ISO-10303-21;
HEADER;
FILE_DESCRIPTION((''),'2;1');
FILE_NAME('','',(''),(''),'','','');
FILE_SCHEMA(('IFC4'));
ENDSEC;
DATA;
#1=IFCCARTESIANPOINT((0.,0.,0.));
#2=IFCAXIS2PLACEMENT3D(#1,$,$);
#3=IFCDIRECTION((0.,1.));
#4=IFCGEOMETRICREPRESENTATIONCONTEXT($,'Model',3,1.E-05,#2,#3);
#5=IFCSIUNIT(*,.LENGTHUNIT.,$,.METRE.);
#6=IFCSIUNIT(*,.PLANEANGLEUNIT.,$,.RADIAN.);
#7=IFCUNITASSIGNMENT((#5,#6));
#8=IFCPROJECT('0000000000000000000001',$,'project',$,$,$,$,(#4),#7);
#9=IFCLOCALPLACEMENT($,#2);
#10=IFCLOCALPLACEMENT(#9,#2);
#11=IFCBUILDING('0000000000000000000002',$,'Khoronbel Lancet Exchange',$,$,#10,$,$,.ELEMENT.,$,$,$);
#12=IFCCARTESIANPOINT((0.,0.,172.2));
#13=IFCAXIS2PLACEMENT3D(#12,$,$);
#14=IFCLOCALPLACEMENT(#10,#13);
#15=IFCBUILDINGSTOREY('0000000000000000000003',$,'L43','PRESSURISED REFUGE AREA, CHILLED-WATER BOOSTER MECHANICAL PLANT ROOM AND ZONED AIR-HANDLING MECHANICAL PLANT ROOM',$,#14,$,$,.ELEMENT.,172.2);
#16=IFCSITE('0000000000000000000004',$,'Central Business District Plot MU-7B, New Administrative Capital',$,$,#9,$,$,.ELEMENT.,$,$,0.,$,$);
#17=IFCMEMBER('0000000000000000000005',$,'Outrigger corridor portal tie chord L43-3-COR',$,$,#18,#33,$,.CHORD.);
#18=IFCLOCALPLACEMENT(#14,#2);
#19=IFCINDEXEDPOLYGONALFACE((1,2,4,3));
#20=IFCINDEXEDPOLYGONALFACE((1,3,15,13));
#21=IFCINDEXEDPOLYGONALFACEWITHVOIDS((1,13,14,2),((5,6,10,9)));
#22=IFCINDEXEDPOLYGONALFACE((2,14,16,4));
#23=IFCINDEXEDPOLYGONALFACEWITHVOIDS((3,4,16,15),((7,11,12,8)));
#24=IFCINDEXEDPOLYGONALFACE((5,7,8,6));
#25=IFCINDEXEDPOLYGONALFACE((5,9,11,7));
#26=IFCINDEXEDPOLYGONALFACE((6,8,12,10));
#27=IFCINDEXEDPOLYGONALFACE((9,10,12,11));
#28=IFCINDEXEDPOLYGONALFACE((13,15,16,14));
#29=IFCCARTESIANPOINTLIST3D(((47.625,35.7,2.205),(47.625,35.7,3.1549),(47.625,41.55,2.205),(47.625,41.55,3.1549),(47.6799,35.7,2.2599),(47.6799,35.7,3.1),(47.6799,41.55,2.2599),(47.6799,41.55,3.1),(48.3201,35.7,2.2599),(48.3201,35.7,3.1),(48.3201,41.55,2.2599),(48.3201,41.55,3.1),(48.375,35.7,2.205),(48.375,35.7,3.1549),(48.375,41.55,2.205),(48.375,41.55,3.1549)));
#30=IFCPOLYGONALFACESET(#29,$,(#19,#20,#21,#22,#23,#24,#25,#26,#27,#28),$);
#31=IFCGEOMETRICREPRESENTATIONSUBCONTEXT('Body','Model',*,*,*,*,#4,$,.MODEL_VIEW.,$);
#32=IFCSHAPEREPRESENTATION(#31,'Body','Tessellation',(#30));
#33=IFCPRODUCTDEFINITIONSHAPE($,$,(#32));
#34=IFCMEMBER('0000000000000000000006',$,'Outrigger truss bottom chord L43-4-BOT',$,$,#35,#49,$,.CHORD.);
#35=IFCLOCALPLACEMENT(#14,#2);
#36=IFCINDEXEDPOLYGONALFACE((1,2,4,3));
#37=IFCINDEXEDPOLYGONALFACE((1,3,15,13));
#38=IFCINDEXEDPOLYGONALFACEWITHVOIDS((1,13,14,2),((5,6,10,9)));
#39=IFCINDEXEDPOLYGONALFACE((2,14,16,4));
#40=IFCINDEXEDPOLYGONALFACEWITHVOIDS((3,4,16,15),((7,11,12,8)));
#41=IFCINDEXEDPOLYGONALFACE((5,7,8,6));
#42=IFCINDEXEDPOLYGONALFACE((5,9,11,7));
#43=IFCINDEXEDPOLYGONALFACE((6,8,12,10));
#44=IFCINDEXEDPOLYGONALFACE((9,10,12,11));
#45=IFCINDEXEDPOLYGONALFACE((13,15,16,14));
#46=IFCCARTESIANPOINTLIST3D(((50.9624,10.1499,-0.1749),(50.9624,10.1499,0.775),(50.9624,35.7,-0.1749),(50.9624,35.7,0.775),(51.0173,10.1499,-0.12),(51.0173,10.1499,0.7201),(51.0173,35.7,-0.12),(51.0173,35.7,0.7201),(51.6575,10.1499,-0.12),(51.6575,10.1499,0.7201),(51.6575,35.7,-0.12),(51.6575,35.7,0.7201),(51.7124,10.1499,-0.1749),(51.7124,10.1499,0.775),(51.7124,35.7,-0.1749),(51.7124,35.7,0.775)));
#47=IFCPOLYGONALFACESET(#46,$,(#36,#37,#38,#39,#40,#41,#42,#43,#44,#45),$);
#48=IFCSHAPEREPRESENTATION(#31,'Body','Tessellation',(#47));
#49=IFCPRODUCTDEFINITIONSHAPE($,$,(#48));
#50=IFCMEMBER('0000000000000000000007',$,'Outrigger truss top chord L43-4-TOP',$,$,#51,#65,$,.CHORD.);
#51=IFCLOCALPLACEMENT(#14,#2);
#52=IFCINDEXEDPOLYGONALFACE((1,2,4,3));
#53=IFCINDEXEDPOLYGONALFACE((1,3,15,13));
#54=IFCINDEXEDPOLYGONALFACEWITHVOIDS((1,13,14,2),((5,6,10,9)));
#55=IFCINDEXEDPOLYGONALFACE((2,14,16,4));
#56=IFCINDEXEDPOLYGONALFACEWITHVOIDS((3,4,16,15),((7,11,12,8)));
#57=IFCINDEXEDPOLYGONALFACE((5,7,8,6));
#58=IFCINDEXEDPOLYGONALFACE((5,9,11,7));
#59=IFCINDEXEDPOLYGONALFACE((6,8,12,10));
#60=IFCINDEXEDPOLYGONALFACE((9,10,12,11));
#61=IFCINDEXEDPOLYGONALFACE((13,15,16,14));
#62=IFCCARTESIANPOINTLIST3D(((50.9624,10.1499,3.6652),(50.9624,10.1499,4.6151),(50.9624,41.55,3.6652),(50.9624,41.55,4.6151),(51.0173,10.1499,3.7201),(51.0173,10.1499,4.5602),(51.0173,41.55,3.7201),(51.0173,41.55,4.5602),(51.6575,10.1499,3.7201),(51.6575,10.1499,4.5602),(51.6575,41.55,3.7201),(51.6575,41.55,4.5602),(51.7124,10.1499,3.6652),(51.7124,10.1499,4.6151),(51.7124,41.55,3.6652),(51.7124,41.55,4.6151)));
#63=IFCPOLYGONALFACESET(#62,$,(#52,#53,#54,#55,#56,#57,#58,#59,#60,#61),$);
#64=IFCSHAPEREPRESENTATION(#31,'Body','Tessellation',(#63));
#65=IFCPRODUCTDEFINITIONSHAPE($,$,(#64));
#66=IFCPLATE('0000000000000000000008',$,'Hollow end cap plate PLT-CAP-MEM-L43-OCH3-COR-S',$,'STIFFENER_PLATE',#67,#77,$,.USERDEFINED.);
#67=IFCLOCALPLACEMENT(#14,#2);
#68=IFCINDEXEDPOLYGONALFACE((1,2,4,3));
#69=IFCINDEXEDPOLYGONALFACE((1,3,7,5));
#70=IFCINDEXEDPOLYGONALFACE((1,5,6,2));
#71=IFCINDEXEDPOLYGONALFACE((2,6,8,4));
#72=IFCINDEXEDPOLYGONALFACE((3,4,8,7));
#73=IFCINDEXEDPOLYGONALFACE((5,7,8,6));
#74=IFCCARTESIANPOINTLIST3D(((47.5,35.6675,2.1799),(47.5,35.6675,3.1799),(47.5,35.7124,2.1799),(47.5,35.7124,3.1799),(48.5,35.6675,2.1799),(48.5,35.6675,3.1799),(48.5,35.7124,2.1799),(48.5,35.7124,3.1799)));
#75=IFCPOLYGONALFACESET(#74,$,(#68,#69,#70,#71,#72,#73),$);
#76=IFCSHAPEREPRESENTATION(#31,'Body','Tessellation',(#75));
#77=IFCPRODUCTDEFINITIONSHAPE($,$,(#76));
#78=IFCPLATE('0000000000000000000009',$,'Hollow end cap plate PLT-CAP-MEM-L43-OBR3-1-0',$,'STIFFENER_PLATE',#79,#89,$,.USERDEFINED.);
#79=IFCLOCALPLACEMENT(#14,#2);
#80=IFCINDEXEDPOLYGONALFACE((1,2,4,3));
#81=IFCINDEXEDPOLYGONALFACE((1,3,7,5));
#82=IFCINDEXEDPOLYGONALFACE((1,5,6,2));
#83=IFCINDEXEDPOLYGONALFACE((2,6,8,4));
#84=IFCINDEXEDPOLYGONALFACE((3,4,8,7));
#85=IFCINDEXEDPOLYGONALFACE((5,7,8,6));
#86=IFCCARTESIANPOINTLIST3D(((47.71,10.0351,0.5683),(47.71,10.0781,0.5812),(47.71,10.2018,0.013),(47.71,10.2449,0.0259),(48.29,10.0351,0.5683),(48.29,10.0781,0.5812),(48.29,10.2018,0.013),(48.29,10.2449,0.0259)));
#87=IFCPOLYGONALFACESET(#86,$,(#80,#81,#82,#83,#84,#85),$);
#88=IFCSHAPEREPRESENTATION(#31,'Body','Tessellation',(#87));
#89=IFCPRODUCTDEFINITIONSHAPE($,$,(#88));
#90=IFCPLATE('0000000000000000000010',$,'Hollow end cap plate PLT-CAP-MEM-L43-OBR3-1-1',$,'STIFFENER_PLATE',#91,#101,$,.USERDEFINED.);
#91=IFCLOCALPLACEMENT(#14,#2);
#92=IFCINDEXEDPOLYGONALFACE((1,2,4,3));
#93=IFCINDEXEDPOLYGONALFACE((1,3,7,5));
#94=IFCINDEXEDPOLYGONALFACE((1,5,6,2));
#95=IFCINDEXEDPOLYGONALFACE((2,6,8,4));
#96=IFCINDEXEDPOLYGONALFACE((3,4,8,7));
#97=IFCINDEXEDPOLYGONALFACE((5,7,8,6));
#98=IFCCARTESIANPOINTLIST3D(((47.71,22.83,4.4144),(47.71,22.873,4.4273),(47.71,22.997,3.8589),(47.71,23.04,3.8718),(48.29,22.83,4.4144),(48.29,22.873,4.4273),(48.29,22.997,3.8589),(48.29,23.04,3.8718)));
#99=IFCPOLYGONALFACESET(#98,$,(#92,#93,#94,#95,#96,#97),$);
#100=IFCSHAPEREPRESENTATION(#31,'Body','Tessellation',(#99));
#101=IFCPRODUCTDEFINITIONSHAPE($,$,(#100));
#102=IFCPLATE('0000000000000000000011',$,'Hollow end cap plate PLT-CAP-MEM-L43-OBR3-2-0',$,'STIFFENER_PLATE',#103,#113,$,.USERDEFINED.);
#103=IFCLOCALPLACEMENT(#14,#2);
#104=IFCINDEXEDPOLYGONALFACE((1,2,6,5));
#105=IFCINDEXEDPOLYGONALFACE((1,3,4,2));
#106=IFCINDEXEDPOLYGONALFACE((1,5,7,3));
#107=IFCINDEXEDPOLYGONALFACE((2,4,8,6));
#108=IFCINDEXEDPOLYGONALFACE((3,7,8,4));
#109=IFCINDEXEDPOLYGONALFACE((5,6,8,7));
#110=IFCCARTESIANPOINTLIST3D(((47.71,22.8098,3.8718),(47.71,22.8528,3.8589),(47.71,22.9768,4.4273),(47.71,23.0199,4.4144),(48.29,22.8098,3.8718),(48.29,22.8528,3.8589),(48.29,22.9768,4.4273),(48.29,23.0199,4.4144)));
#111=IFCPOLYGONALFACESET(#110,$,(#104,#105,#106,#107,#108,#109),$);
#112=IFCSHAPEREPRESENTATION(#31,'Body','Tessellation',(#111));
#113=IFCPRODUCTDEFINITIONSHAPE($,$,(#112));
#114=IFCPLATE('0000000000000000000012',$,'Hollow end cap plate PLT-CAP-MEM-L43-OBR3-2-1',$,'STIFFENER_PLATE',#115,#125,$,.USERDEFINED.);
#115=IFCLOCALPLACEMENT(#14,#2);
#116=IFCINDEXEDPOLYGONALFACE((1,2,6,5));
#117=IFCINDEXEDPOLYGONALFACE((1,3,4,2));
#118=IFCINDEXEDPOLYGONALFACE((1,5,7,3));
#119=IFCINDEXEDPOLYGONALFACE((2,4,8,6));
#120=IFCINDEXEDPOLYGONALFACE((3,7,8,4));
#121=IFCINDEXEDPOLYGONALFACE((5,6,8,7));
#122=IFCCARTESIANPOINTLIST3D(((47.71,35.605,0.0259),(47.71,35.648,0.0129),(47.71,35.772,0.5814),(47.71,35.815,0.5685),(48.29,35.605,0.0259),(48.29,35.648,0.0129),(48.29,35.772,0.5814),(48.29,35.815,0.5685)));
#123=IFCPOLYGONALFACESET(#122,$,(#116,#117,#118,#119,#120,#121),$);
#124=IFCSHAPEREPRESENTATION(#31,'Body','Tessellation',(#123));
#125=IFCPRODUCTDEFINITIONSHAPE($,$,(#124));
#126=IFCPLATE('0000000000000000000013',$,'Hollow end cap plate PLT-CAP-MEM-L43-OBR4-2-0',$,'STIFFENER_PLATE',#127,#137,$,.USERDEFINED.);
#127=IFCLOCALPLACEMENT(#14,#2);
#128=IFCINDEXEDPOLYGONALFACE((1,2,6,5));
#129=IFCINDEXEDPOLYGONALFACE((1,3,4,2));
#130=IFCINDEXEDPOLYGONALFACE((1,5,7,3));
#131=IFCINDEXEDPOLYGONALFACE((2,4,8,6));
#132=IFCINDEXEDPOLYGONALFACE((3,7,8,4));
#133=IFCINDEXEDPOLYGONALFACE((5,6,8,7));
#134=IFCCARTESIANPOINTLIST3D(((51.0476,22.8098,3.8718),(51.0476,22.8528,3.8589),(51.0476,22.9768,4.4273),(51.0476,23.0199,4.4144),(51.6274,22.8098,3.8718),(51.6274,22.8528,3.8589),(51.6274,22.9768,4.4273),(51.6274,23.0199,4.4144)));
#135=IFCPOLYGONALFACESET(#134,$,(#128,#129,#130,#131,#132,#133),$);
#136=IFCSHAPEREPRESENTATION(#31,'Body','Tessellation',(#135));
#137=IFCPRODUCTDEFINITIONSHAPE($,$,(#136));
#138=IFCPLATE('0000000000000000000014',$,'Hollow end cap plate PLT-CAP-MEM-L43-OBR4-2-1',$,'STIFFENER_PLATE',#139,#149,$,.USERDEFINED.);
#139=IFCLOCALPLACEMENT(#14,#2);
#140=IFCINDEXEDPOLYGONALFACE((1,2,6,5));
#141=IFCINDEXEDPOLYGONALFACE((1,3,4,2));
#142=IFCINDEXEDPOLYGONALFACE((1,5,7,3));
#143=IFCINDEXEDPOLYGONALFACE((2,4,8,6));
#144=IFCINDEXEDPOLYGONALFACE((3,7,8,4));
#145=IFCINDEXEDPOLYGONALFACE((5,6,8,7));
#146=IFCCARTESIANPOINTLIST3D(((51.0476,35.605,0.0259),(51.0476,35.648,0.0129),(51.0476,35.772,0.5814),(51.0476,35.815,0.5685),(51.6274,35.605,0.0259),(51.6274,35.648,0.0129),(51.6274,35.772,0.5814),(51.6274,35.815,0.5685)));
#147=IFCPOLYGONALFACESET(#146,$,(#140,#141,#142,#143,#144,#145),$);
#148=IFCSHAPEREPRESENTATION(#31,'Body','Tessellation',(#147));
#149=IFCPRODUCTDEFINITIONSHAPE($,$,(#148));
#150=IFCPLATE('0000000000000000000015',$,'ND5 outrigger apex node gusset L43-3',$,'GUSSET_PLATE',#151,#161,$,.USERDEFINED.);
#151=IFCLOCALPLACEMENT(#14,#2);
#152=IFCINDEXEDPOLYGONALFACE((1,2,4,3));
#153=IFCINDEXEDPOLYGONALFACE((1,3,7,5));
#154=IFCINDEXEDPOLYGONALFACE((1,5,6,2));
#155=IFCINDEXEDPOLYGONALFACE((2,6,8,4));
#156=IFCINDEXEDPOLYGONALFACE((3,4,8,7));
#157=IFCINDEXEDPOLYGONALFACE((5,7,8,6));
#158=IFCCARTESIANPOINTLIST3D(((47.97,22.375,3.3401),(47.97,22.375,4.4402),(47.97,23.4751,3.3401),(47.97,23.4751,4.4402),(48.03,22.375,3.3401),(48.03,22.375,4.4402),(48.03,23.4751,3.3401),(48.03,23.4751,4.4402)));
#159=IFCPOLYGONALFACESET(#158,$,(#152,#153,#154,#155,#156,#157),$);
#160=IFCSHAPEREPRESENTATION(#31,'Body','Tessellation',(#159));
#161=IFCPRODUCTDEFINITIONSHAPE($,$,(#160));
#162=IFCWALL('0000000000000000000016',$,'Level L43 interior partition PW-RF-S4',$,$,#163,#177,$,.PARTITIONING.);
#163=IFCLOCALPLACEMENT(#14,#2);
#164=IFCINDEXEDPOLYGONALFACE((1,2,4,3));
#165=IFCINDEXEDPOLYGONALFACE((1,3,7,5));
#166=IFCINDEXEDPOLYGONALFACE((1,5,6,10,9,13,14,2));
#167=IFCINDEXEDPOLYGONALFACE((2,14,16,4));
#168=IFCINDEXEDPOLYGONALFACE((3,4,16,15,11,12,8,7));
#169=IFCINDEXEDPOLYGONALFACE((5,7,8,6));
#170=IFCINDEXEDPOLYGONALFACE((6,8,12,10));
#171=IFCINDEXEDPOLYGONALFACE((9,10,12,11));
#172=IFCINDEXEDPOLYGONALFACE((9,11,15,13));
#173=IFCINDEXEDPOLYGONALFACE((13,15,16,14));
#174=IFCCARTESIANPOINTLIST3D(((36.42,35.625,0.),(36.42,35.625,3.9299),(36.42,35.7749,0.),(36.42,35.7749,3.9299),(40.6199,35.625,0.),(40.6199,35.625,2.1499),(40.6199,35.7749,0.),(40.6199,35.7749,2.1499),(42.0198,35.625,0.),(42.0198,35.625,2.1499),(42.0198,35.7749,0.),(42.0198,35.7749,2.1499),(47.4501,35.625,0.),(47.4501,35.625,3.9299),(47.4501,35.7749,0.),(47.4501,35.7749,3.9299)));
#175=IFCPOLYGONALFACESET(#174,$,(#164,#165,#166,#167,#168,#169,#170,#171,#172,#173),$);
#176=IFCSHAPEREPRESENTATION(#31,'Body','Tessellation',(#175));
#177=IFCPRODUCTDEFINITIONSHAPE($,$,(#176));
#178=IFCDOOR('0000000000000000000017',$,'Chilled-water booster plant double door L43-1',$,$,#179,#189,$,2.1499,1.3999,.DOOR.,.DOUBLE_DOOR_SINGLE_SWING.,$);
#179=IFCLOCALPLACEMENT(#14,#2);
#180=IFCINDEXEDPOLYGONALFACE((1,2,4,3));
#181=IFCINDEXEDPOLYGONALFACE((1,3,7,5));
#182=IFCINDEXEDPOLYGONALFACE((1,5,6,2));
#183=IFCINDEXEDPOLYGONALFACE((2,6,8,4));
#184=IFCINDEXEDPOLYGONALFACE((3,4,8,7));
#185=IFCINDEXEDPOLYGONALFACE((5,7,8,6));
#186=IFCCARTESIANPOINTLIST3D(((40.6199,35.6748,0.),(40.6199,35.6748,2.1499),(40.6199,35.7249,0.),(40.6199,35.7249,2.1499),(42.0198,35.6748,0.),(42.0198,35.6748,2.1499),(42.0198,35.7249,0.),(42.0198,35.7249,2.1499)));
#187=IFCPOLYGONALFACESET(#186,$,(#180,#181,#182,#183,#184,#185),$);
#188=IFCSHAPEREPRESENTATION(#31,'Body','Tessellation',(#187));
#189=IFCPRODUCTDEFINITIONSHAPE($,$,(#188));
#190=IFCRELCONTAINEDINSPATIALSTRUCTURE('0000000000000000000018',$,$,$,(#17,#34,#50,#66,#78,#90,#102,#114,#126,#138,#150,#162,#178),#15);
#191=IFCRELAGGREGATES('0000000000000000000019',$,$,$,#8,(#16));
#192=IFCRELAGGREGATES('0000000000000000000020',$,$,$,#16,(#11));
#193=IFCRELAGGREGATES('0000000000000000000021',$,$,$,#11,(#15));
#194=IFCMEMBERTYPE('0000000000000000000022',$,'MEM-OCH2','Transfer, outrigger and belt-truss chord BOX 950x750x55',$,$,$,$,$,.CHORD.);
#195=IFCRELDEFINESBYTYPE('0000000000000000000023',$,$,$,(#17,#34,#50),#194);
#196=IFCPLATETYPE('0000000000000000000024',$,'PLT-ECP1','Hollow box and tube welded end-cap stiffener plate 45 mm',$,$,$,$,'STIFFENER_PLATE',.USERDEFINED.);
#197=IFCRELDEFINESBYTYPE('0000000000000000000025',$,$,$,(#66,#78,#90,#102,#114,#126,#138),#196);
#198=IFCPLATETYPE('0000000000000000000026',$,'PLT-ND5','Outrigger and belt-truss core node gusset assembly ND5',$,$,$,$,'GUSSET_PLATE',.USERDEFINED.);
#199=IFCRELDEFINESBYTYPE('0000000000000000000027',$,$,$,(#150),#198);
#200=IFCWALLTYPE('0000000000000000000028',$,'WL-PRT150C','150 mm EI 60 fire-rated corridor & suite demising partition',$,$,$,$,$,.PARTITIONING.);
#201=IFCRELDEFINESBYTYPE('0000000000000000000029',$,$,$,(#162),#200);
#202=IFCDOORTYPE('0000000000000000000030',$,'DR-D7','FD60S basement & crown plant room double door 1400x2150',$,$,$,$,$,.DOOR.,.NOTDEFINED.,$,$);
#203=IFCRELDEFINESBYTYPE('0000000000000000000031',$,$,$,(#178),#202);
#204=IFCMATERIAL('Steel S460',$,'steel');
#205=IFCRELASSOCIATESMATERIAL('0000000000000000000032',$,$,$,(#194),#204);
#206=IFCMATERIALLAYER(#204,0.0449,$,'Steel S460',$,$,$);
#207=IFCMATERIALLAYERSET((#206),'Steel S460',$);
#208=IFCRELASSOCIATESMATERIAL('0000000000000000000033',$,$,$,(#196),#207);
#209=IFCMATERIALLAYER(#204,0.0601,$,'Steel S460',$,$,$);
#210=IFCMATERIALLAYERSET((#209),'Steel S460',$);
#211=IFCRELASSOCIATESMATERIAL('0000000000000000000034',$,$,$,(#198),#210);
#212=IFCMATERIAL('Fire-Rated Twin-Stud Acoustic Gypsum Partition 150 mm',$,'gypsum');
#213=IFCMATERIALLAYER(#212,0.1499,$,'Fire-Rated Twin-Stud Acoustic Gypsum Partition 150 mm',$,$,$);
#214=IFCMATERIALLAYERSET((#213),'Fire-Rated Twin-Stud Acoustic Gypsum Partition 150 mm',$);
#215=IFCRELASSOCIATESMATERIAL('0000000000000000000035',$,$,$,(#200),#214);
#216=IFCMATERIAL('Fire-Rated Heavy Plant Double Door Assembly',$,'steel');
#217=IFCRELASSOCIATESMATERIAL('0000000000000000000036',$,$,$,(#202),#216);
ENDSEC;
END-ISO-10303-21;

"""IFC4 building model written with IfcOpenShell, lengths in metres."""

from ifc_helpers import new_model, si_unit, direction, frame, frame_2d, origin, origin_2d, place, context, subcontext, project, spatial, polyline, rectangle, hollow_rectangle, outline, extrude, material, layer, layer_set, material_profile, profile_set, type_object, element, fill, save


model = new_model("IFC4")

# Units and contexts
model_context = context("Model", 3, precision=1e-05, world=origin(), true_north=direction((0.0, 1.0)))
body_context = subcontext(model_context, "Body", "Model", "MODEL_VIEW")
ifc_project = project(units=[si_unit("LENGTHUNIT", "METRE"), si_unit("PLANEANGLEUNIT", "RADIAN")], contexts=[model_context])

# Site, building, storey
site_placement = place(None, origin())
site = spatial("IfcSite", under=ifc_project, at=site_placement, Name="Central Business District Plot MU-7B, New Administrative Capital", CompositionType="ELEMENT", RefElevation=0.0)
building_placement = place(site_placement, origin())
building = spatial("IfcBuilding", under=site, at=building_placement, Name="Khoronbel Lancet Exchange", CompositionType="ELEMENT")
storey_placement = place(building_placement, frame((0.0, 0.0, 172.2)))
storey = spatial("IfcBuildingStorey", under=building, at=storey_placement, Name="L43", Description="PRESSURISED REFUGE AREA, CHILLED-WATER BOOSTER MECHANICAL PLANT ROOM AND ZONED AIR-HANDLING MECHANICAL PLANT ROOM", CompositionType="ELEMENT", Elevation=172.2)

# Shared definitions
ifc_material_1 = material(Name="Steel S460", Category="steel")

# Members
ifc_material_profile_1 = material_profile(ifc_material_1, hollow_rectangle(XDim=0.75, YDim=0.95, WallThickness=0.0549, at=origin_2d()), Name="BOX 950x750x55")
ifc_profile_set_1 = profile_set([ifc_material_profile_1], Name="Steel S460")
member_type_1 = type_object("IfcMemberType", Name="MEM-OCH2", Description="Transfer, outrigger and belt-truss chord BOX 950x750x55", PredefinedType="CHORD", material=ifc_profile_set_1)
member_1_placement = place(storey_placement, frame((48.0, 35.7, 2.6799), z_axis=(0.0, 1.0, 0.0), x_axis=(-1.0, 0.0, 0.0)))
element("IfcMember", 1, at=member_1_placement, inside=storey, type_object=member_type_1, Name="Outrigger corridor portal tie chord L43-3-COR", PredefinedType="CHORD", context=body_context, shape_type="SweptSolid", body=[
    extrude(hollow_rectangle(XDim=0.75, YDim=0.95, WallThickness=0.0549, at=origin_2d()), origin(), (0.0, 0.0, 1.0), 5.8501),
])
member_2_placement = place(storey_placement, frame((51.3374, 10.1499, 0.3), z_axis=(0.0, 1.0, 0.0), x_axis=(-1.0, 0.0, 0.0)))
element("IfcMember", 2, at=member_2_placement, inside=storey, type_object=member_type_1, Name="Outrigger truss bottom chord L43-4-BOT", PredefinedType="CHORD", context=body_context, shape_type="SweptSolid", body=[
    extrude(hollow_rectangle(XDim=0.75, YDim=0.95, WallThickness=0.0549, at=origin_2d()), origin(), (0.0, 0.0, 1.0), 25.55),
])
member_3_placement = place(storey_placement, frame((51.3374, 10.1499, 4.1401), z_axis=(0.0, 1.0, 0.0), x_axis=(-1.0, 0.0, 0.0)))
element("IfcMember", 3, at=member_3_placement, inside=storey, type_object=member_type_1, Name="Outrigger truss top chord L43-4-TOP", PredefinedType="CHORD", context=body_context, shape_type="SweptSolid", body=[
    extrude(hollow_rectangle(XDim=0.75, YDim=0.95, WallThickness=0.0549, at=origin_2d()), origin(), (0.0, 0.0, 1.0), 31.4001),
])

# Plates
ifc_layer_1 = layer(ifc_material_1, 0.0449, Name="Steel S460")
ifc_layer_set_1 = layer_set([ifc_layer_1], Name="Steel S460")
plate_type_1 = type_object("IfcPlateType", Name="PLT-ECP1", Description="Hollow box and tube welded end-cap stiffener plate 45 mm", ElementType="STIFFENER_PLATE", PredefinedType="USERDEFINED", material=ifc_layer_set_1)
plate_1_placement = place(storey_placement, frame((48.0, 35.6899, 2.1799), z_axis=(0.0, 0.0, 1.0), x_axis=(0.0, -1.0, 0.0)))
element("IfcPlate", 4, at=plate_1_placement, inside=storey, type_object=plate_type_1, Name="Hollow end cap plate PLT-CAP-MEM-L43-OCH3-COR-S", ObjectType="STIFFENER_PLATE", PredefinedType="USERDEFINED", context=body_context, shape_type="SweptSolid", body=[
    extrude(rectangle(XDim=0.0449, YDim=1.0, at=origin_2d()), origin(), (0.0, 0.0, 1.0), 1.0),
])
plate_2_placement = place(storey_placement, frame((48.29, 10.2449, 0.0259), z_axis=(0.0, 0.957768, 0.287541), x_axis=(-1.0, 0.0, 0.0)))
element("IfcPlate", 5, at=plate_2_placement, inside=storey, type_object=plate_type_1, Name="Hollow end cap plate PLT-CAP-MEM-L43-OBR3-1-0", ObjectType="STIFFENER_PLATE", PredefinedType="USERDEFINED", context=body_context, shape_type="SweptSolid", body=[
    extrude(outline(polyline([(0.0, 0.0), (0.5801, 0.0), (0.5801, 0.5798), (0.0, 0.5798), (0.0, 0.0)])), origin(), (0.0, 0.0, -1.0), 0.0449),
])
for number, where, z_axis, x_axis, name in (
    (6, (48.29, 23.04, 3.8718), (0.0, 0.957652, 0.287927), (-1.0, 0.0, 0.0), "Hollow end cap plate PLT-CAP-MEM-L43-OBR3-1-1"),
    (7, (47.71, 22.8098, 3.8718), (0.0, -0.957652, 0.287927), (1.0, 0.0, 0.0), "Hollow end cap plate PLT-CAP-MEM-L43-OBR3-2-0"),
    (8, (47.71, 35.605, 0.0259), (0.0, -0.957652, 0.287927), (1.0, 0.0, 0.0), "Hollow end cap plate PLT-CAP-MEM-L43-OBR3-2-1"),
):
    element("IfcPlate", number, at=place(storey_placement, frame(where, z_axis=z_axis, x_axis=x_axis)), inside=storey, type_object=plate_type_1, Name=name, ObjectType="STIFFENER_PLATE", PredefinedType="USERDEFINED", context=body_context, shape_type="SweptSolid", body=[
        extrude(outline(polyline([(0.0, 0.0), (0.5801, 0.0), (0.5801, 0.5801), (0.0, 0.5801), (0.0, 0.0)])), origin(), (0.0, 0.0, -1.0), 0.0449),
    ])
for number, where, z_axis, x_axis, name in (
    (9, (51.0476, 22.8098, 3.8718), (0.0, -0.957652, 0.287927), (1.0, 0.0, 0.0), "Hollow end cap plate PLT-CAP-MEM-L43-OBR4-2-0"),
    (10, (51.0476, 35.605, 0.0259), (0.0, -0.957652, 0.287927), (1.0, 0.0, 0.0), "Hollow end cap plate PLT-CAP-MEM-L43-OBR4-2-1"),
):
    element("IfcPlate", number, at=place(storey_placement, frame(where, z_axis=z_axis, x_axis=x_axis)), inside=storey, type_object=plate_type_1, Name=name, ObjectType="STIFFENER_PLATE", PredefinedType="USERDEFINED", context=body_context, shape_type="SweptSolid", body=[
        extrude(outline(polyline([(0.0, 0.0), (0.5798, 0.0), (0.5798, 0.5801), (0.0, 0.5801), (0.0, 0.0)])), origin(), (0.0, 0.0, -1.0), 0.0449),
    ])
ifc_layer_2 = layer(ifc_material_1, 0.0601, Name="Steel S460")
ifc_layer_set_2 = layer_set([ifc_layer_2], Name="Steel S460")
plate_type_2 = type_object("IfcPlateType", Name="PLT-ND5", Description="Outrigger and belt-truss core node gusset assembly ND5", ElementType="GUSSET_PLATE", PredefinedType="USERDEFINED", material=ifc_layer_set_2)
plate_3_placement = place(storey_placement, frame((48.0, 22.925, 3.3401), z_axis=(0.0, 0.0, 1.0), x_axis=(1.0, 0.0, 0.0)))
element("IfcPlate", 11, at=plate_3_placement, inside=storey, type_object=plate_type_2, Name="ND5 outrigger apex node gusset L43-3", ObjectType="GUSSET_PLATE", PredefinedType="USERDEFINED", context=body_context, shape_type="SweptSolid", body=[
    extrude(rectangle(XDim=0.0601, YDim=1.1001, at=origin_2d()), origin(), (0.0, 0.0, 1.0), 1.1001),
])

# Wall, opening, door
ifc_material_2 = material(Name="Fire-Rated Twin-Stud Acoustic Gypsum Partition 150 mm", Category="gypsum")
ifc_layer_3 = layer(ifc_material_2, 0.1499, Name="Fire-Rated Twin-Stud Acoustic Gypsum Partition 150 mm")
ifc_layer_set_3 = layer_set([ifc_layer_3], Name="Fire-Rated Twin-Stud Acoustic Gypsum Partition 150 mm")
wall_type = type_object("IfcWallType", Name="WL-PRT150C", Description="150 mm EI 60 fire-rated corridor & suite demising partition", PredefinedType="PARTITIONING", material=ifc_layer_set_3)
wall_1_placement = place(storey_placement, frame((36.4199, 35.7, 0.0), z_axis=(0.0, 0.0, 1.0), x_axis=(1.0, 0.0, 0.0)))
wall_1 = element("IfcWall", 12, at=wall_1_placement, inside=storey, type_object=wall_type, Name="Level L43 interior partition PW-RF-S4", PredefinedType="PARTITIONING", context=body_context, shape_type="SweptSolid", body=[
    extrude(rectangle(XDim=11.03, YDim=0.1499, at=frame_2d((5.5151, 0.0))), origin(), (0.0, 0.0, 1.0), 3.9299),
])
opening_placement = place(wall_1_placement, frame((4.2, 0.0, 0.0)))
opening = element("IfcOpeningElement", 13, at=opening_placement, cuts=wall_1, PredefinedType="OPENING", context=body_context, shape_type="SweptSolid", body=[
    extrude(rectangle(XDim=1.3999, YDim=2.1499, at=frame_2d((0.7, 1.075))), frame((0.0, 0.085, 0.0), z_axis=(0.0, -1.0, 0.0), x_axis=(1.0, 0.0, 0.0)), (0.0, 0.0, 1.0), 0.1699),
])
ifc_material_3 = material(Name="Fire-Rated Heavy Plant Double Door Assembly", Category="steel")
door_type = type_object("IfcDoorType", Name="DR-D7", Description="FD60S basement & crown plant room double door 1400x2150", OperationType="NOTDEFINED", PredefinedType="DOOR", material=ifc_material_3)
door_placement = place(opening_placement, origin())
door = element("IfcDoor", 14, at=door_placement, inside=storey, type_object=door_type, Name="Chilled-water booster plant double door L43-1", OperationType="DOUBLE_DOOR_SINGLE_SWING", OverallHeight=2.1499, OverallWidth=1.3999, PredefinedType="DOOR", context=body_context, shape_type="SweptSolid", body=[
    extrude(rectangle(XDim=1.3999, YDim=2.1499, at=frame_2d((0.7, 1.075))), frame((0.0, 0.0249, 0.0), z_axis=(0.0, -1.0, 0.0), x_axis=(1.0, 0.0, 0.0)), (0.0, 0.0, 1.0), 0.05),
])
fill(opening, door)

save(model, "model.ifc")
